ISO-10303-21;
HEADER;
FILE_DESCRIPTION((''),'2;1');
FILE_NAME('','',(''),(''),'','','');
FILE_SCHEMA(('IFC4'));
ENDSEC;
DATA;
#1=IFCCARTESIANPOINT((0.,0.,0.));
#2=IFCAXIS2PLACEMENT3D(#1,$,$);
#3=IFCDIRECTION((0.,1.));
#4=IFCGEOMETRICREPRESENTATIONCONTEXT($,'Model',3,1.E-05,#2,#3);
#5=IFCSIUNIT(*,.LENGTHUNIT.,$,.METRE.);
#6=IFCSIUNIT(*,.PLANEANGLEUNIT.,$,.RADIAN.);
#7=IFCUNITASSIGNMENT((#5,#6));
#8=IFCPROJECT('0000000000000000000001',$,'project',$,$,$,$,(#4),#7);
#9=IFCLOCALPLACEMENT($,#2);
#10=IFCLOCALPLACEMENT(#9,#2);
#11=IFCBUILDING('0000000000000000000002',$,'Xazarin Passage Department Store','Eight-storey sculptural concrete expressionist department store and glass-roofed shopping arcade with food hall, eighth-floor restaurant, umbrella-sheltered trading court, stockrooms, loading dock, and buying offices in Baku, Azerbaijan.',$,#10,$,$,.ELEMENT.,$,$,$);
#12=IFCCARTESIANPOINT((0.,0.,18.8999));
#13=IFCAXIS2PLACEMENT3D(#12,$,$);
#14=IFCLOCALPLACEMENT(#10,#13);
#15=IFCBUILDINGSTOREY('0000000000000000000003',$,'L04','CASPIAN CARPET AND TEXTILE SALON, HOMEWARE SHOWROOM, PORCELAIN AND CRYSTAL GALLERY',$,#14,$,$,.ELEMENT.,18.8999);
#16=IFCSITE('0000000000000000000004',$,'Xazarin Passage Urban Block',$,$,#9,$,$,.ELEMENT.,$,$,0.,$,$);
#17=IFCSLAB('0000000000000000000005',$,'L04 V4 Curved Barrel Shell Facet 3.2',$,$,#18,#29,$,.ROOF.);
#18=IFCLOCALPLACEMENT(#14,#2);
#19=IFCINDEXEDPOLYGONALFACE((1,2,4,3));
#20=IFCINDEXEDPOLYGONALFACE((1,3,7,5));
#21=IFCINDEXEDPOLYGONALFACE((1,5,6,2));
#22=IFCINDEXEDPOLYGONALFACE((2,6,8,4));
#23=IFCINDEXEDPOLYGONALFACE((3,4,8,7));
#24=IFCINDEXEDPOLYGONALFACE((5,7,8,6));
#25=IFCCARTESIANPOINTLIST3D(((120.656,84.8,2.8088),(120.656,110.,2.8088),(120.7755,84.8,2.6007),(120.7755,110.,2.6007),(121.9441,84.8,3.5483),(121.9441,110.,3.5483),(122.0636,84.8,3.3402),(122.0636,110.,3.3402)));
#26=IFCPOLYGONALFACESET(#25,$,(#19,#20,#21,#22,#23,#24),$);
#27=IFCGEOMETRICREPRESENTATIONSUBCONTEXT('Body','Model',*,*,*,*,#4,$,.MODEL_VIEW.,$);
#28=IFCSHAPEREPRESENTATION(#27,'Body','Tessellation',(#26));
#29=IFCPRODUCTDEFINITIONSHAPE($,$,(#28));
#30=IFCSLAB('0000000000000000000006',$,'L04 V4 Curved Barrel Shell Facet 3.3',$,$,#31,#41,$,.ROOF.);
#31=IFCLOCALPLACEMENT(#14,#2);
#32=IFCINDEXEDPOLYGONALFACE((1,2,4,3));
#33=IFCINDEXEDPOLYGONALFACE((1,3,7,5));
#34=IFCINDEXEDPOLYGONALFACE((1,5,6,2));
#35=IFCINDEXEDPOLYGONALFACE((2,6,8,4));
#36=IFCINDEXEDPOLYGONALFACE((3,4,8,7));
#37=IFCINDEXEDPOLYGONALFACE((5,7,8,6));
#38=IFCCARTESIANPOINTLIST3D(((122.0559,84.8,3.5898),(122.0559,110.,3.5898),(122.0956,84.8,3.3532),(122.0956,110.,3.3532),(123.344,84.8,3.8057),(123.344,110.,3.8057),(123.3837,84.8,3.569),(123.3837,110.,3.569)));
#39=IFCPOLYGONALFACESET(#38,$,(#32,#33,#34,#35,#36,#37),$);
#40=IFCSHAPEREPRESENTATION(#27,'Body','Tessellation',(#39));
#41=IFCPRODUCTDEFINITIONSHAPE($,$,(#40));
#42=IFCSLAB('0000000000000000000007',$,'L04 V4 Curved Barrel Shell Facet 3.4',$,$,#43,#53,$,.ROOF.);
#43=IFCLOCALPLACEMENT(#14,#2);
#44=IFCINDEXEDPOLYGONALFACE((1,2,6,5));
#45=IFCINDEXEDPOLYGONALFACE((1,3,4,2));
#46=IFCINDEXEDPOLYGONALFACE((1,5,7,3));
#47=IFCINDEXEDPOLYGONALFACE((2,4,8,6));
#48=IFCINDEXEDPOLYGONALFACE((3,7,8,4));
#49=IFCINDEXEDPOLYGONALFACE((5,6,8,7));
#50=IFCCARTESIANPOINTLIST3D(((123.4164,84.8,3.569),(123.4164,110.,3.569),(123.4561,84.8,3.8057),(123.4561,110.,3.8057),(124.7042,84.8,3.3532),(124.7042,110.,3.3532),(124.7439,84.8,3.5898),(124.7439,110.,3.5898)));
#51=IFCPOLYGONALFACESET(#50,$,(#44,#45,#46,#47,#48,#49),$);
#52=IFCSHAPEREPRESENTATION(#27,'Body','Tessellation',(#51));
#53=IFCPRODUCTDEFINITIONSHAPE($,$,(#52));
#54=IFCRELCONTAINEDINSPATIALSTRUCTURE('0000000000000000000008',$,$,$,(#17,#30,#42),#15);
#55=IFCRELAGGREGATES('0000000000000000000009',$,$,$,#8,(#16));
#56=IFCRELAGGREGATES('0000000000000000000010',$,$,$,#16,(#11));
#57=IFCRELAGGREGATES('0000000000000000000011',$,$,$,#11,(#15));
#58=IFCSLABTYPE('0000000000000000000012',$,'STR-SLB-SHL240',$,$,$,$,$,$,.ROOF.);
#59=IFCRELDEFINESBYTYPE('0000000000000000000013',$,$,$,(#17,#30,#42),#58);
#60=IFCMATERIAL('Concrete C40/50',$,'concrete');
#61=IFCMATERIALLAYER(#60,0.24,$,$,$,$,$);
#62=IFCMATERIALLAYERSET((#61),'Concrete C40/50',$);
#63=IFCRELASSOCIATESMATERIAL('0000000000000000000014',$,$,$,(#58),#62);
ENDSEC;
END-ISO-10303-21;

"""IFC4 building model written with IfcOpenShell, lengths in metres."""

from ifc_helpers import new_model, si_unit, direction, frame, origin, place, context, subcontext, project, spatial, polyline, outline, extrude, material, layer, layer_set, type_object, element, save


model = new_model("IFC4")

# Units and contexts
model_context = context("Model", 3, precision=1e-05, world=origin(), true_north=direction((0.0, 1.0)))
body_context = subcontext(model_context, "Body", "Model", "MODEL_VIEW")
ifc_project = project(units=[si_unit("LENGTHUNIT", "METRE"), si_unit("PLANEANGLEUNIT", "RADIAN")], contexts=[model_context])

# Site, building, storey
site_placement = place(None, origin())
site = spatial("IfcSite", under=ifc_project, at=site_placement, Name="Xazarin Passage Urban Block", CompositionType="ELEMENT", RefElevation=0.0)
building_placement = place(site_placement, origin())
building = spatial("IfcBuilding", under=site, at=building_placement, Name="Xazarin Passage Department Store", Description="Eight-storey sculptural concrete expressionist department store and glass-roofed shopping arcade with food hall, eighth-floor restaurant, umbrella-sheltered trading court, stockrooms, loading dock, and buying offices in Baku, Azerbaijan.", CompositionType="ELEMENT")
storey_placement = place(building_placement, frame((0.0, 0.0, 18.8999)))
storey = spatial("IfcBuildingStorey", under=building, at=storey_placement, Name="L04", Description="CASPIAN CARPET AND TEXTILE SALON, HOMEWARE SHOWROOM, PORCELAIN AND CRYSTAL GALLERY", CompositionType="ELEMENT", Elevation=18.8999)

# Slabs
ifc_material_1 = material(Name="Concrete C40/50", Category="concrete")
ifc_layer = layer(ifc_material_1, 0.24)
ifc_layer_set = layer_set([ifc_layer], Name="Concrete C40/50")
slab_type = type_object("IfcSlabType", Name="STR-SLB-SHL240", PredefinedType="ROOF", material=ifc_layer_set)
slab_1_placement = place(storey_placement, frame((120.656, 84.8, 2.8088), z_axis=(-0.49789, 0.0, 0.86724), x_axis=(0.86724, 0.0, 0.49789)))
element("IfcSlab", 1, at=slab_1_placement, inside=storey, type_object=slab_type, Name="L04 V4 Curved Barrel Shell Facet 3.2", PredefinedType="ROOF", context=body_context, shape_type="SweptSolid", body=[
    extrude(outline(polyline([(0.0, 0.0), (1.4853, 0.0), (1.4853, 25.2), (0.0, 25.2), (0.0, 0.0)])), origin(), (0.0, 0.0, -1.0), 0.24),
])
slab_2_placement = place(storey_placement, frame((122.0559, 84.8, 3.5898), z_axis=(-0.165248, 0.0, 0.986252), x_axis=(0.986252, 0.0, 0.165248)))
element("IfcSlab", 2, at=slab_2_placement, inside=storey, type_object=slab_type, Name="L04 V4 Curved Barrel Shell Facet 3.3", PredefinedType="ROOF", context=body_context, shape_type="SweptSolid", body=[
    extrude(outline(polyline([(0.0, 0.0), (1.306, 0.0), (1.306, 25.2), (0.0, 25.2), (0.0, 0.0)])), origin(), (0.0, 0.0, -1.0), 0.24),
])
slab_3_placement = place(storey_placement, frame((123.4561, 84.8, 3.8057), z_axis=(0.165278, 0.0, 0.986247), x_axis=(0.986247, 0.0, -0.165278)))
element("IfcSlab", 3, at=slab_3_placement, inside=storey, type_object=slab_type, Name="L04 V4 Curved Barrel Shell Facet 3.4", PredefinedType="ROOF", context=body_context, shape_type="SweptSolid", body=[
    extrude(outline(polyline([(0.0, 0.0), (1.3058, 0.0), (1.3058, 25.2), (0.0, 25.2), (0.0, 0.0)])), origin(), (0.0, 0.0, -1.0), 0.24),
])

save(model, "model.ifc")
